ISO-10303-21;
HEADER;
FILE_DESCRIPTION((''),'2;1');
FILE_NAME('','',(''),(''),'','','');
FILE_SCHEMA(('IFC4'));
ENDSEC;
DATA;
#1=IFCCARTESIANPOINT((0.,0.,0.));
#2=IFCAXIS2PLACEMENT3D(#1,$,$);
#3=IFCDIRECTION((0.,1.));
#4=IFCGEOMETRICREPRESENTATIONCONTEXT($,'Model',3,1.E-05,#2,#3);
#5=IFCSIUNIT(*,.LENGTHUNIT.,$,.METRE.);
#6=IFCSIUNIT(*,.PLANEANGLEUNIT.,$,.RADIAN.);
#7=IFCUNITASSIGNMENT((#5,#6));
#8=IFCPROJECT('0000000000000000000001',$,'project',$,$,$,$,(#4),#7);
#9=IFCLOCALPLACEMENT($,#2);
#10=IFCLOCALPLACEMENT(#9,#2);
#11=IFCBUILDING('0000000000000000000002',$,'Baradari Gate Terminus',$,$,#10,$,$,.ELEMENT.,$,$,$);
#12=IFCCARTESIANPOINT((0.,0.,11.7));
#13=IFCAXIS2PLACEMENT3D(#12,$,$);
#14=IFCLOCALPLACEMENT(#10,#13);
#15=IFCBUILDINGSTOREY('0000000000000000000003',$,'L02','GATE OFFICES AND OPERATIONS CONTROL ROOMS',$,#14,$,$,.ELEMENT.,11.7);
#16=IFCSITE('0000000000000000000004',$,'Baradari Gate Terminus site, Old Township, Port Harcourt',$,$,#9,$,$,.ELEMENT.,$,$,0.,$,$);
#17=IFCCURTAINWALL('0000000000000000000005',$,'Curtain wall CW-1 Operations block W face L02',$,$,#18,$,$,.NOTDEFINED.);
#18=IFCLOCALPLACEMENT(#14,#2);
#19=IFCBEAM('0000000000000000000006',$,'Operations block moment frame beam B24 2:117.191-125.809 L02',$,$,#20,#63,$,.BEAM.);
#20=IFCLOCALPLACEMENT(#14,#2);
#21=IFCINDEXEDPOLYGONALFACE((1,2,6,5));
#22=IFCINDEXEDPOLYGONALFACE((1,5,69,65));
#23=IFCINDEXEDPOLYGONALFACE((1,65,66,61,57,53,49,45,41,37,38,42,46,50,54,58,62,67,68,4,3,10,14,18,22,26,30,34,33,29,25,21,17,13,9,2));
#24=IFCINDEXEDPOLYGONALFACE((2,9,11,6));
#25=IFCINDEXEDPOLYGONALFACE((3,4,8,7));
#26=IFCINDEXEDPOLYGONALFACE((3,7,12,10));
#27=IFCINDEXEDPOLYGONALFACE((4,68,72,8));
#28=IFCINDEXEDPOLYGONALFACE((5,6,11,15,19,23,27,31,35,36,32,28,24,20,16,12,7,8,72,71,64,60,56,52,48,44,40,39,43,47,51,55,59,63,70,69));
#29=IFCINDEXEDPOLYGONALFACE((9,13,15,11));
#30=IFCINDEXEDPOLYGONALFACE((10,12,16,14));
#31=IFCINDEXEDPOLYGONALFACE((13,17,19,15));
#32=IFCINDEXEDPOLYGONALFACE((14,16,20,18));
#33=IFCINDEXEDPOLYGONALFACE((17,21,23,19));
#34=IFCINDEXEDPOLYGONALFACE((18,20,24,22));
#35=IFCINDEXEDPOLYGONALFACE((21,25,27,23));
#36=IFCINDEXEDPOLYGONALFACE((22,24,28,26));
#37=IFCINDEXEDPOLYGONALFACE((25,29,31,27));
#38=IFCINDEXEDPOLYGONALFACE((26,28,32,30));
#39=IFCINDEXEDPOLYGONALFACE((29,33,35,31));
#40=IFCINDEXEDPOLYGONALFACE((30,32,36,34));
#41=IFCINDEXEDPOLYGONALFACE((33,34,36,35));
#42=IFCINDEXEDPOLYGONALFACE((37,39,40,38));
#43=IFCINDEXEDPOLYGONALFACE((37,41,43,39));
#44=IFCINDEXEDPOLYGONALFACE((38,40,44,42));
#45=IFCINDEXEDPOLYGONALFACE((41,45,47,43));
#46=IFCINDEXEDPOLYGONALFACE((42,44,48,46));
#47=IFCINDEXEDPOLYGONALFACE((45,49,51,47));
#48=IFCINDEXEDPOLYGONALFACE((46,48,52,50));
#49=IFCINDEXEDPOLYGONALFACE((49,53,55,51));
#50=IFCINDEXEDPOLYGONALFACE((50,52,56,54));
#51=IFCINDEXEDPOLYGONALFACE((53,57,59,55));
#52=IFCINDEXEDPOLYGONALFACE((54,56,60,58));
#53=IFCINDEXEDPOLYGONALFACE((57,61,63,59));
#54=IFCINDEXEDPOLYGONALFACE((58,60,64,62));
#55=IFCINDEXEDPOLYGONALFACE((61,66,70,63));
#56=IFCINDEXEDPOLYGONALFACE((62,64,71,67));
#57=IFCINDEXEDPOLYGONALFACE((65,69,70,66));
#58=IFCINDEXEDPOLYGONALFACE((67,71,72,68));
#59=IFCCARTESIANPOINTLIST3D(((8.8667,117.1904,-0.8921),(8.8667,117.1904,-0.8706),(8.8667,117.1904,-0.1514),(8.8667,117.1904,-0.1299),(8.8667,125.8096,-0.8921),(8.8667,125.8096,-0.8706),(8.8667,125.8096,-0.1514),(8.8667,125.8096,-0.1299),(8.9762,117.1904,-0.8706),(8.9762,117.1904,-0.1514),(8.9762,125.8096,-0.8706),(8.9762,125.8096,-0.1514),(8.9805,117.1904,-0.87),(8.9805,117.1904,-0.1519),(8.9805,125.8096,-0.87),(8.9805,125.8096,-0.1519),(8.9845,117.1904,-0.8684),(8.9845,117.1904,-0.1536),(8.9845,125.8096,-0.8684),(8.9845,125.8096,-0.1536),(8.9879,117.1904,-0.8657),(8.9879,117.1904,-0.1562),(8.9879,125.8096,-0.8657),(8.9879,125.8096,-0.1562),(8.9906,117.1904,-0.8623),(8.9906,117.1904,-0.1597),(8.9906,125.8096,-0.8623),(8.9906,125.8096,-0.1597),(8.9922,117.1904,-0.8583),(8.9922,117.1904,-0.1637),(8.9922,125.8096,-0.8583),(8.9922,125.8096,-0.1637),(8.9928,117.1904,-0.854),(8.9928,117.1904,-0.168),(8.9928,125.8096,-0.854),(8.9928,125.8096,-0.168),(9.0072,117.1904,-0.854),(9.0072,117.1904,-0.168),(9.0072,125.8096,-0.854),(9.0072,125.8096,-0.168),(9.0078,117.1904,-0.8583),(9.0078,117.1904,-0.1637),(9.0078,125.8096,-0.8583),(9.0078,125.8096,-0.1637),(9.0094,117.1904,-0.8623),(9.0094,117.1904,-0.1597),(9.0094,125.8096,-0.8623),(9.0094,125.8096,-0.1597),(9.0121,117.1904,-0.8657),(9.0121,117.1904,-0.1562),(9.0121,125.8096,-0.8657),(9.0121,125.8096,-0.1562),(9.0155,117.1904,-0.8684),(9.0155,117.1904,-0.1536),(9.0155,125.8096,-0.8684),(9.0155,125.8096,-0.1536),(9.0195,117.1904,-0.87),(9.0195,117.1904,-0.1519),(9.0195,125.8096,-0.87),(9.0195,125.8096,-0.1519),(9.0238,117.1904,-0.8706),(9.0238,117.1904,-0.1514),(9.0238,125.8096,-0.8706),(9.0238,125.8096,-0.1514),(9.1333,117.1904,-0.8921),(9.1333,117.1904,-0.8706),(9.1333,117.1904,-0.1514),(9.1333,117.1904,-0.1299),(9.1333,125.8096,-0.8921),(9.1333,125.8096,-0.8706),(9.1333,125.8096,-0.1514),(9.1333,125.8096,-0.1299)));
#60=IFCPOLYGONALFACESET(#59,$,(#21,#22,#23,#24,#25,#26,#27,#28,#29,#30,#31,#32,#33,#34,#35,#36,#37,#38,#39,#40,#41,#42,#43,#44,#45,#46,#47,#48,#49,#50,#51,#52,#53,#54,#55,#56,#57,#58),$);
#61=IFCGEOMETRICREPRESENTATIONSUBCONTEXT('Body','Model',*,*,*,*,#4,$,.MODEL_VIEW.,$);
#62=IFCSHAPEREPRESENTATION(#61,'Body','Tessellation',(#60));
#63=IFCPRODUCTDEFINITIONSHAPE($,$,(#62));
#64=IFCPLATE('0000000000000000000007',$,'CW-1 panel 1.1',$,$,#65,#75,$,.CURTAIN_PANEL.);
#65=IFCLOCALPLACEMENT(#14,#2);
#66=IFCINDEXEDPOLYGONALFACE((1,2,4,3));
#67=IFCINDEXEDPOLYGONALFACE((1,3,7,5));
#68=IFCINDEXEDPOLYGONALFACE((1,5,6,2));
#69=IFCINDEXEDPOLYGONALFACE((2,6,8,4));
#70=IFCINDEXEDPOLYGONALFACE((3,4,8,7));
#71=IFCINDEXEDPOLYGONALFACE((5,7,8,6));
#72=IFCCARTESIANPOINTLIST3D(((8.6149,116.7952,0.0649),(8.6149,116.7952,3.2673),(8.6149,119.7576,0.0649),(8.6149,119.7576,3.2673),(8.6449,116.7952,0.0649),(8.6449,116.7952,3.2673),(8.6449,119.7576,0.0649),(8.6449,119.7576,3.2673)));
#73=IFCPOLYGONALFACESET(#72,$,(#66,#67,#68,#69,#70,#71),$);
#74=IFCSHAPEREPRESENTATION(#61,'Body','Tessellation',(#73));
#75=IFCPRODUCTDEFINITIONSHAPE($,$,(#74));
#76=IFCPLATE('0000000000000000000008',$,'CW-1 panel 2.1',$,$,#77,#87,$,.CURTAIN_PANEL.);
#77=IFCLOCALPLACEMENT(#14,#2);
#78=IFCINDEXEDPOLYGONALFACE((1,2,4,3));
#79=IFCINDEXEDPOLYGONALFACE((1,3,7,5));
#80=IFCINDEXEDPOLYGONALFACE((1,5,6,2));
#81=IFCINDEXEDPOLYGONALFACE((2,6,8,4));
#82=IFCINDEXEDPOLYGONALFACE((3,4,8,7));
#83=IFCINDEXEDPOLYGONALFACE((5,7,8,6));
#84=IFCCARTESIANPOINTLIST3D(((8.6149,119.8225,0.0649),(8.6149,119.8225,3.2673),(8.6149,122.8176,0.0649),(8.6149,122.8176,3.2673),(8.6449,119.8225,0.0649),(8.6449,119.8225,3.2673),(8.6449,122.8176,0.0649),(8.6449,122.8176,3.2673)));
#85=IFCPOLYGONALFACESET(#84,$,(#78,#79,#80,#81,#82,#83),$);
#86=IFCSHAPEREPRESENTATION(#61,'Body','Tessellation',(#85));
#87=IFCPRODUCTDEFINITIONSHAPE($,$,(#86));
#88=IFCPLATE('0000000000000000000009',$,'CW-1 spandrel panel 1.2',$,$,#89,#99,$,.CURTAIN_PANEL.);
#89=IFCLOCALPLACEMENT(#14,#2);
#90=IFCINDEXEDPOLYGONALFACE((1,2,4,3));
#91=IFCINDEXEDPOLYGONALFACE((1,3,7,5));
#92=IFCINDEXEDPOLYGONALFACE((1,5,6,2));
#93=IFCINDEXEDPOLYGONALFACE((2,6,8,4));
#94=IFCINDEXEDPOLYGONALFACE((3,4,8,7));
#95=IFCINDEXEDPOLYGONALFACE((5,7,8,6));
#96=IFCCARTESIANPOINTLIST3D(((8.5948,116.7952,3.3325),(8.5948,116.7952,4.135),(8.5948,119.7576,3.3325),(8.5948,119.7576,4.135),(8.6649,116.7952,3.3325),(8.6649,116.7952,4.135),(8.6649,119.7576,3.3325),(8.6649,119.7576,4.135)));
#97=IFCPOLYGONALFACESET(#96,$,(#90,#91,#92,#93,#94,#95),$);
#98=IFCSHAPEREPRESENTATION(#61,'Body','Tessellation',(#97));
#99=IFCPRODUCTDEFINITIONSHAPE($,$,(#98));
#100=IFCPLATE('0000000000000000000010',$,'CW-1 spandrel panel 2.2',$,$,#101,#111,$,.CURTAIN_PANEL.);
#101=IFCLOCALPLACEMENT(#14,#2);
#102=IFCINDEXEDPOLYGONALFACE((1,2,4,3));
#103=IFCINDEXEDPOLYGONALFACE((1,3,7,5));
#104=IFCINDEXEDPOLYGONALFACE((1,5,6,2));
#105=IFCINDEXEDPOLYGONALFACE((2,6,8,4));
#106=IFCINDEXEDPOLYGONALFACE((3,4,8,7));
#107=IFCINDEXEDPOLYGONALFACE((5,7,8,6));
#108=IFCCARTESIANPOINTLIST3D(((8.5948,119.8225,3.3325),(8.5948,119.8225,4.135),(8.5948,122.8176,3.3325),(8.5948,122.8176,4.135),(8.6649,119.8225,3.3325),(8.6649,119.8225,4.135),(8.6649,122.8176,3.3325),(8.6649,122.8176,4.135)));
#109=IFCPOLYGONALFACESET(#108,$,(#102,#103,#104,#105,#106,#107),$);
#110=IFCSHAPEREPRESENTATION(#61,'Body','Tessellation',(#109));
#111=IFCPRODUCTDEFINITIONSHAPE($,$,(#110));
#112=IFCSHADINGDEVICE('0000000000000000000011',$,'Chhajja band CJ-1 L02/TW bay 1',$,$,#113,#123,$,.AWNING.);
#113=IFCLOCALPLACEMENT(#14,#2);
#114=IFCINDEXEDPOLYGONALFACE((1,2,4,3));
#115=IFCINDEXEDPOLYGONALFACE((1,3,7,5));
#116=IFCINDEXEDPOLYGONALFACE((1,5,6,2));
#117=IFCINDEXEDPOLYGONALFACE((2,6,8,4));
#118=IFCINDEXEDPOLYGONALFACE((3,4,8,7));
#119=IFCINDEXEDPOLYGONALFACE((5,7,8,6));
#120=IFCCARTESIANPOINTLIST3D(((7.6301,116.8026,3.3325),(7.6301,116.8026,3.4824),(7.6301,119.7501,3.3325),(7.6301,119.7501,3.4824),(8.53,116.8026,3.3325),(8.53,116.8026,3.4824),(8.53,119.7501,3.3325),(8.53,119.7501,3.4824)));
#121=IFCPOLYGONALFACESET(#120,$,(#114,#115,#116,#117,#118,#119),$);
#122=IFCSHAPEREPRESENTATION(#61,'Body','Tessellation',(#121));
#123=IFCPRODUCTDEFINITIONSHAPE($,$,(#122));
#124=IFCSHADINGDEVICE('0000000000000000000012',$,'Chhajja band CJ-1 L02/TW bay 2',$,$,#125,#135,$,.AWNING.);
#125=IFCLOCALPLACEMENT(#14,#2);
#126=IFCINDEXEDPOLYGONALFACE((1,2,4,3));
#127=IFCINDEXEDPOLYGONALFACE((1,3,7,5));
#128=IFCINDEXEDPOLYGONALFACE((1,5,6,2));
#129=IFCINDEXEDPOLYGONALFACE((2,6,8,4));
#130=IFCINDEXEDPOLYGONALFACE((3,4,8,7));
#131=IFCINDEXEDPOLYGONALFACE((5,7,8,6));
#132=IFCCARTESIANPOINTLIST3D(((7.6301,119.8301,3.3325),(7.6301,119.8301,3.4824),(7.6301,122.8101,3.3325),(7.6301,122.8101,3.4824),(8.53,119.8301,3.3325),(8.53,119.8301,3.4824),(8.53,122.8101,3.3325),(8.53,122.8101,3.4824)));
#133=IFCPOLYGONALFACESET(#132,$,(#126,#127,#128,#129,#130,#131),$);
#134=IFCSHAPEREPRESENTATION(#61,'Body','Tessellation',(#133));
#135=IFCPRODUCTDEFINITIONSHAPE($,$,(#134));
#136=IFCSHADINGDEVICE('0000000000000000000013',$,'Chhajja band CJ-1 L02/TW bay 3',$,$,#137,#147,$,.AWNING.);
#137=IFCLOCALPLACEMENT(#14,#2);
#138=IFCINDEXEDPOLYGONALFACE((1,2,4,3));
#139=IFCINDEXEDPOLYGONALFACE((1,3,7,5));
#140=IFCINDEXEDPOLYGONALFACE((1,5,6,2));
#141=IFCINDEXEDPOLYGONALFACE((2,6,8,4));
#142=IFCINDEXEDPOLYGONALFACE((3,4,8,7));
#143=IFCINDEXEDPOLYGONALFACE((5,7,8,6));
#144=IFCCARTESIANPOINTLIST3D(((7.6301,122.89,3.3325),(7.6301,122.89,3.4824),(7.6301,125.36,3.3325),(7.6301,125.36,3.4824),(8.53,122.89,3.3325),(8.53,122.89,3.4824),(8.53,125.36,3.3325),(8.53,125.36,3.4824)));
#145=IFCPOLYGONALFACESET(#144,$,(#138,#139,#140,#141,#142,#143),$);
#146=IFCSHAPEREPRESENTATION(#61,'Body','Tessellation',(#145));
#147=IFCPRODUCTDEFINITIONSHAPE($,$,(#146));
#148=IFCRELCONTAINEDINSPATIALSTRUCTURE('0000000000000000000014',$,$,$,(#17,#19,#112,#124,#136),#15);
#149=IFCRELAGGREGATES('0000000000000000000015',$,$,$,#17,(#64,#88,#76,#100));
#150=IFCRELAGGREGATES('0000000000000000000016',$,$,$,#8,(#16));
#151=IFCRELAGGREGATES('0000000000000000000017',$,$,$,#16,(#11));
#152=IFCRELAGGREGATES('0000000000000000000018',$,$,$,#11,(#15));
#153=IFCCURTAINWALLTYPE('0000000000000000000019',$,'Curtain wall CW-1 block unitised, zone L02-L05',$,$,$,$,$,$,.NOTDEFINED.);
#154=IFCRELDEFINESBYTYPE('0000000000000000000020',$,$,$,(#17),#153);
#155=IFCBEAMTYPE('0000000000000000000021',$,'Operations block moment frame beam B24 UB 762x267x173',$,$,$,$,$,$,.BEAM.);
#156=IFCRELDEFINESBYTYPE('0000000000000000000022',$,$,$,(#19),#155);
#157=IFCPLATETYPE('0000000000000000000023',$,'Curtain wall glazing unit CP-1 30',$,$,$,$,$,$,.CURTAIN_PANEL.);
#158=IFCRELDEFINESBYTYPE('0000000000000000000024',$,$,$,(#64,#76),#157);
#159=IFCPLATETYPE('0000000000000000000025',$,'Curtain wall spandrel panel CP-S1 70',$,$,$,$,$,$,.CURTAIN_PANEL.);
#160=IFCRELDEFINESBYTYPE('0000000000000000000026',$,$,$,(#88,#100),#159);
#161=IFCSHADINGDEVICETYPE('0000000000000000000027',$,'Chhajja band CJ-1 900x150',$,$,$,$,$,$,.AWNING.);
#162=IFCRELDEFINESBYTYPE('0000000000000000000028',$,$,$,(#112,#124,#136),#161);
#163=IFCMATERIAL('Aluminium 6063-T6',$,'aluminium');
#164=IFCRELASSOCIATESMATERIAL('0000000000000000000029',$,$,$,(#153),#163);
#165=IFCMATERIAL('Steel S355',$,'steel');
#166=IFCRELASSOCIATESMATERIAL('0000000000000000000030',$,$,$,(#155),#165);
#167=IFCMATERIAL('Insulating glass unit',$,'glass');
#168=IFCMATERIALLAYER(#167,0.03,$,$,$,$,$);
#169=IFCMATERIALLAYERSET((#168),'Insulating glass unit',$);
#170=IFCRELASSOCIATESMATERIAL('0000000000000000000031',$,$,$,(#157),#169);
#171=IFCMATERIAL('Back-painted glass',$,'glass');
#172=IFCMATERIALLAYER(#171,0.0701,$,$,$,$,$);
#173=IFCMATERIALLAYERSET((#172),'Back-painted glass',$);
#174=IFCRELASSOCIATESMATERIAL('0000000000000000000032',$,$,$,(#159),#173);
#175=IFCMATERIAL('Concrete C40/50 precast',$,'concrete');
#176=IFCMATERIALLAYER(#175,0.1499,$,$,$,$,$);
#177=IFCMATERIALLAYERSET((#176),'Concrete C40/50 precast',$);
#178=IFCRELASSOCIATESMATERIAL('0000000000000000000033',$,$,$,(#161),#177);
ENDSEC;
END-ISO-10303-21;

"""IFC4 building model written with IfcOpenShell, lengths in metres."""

from ifc_helpers import new_model, si_unit, direction, frame, origin, origin_2d, place, context, subcontext, project, spatial, rectangle, i_section, extrude, material, layer, layer_set, material_profile, profile_set, type_object, element, aggregate, save


model = new_model("IFC4")

# Units and contexts
model_context = context("Model", 3, precision=1e-05, world=origin(), true_north=direction((0.0, 1.0)))
body_context = subcontext(model_context, "Body", "Model", "MODEL_VIEW")
ifc_project = project(units=[si_unit("LENGTHUNIT", "METRE"), si_unit("PLANEANGLEUNIT", "RADIAN")], contexts=[model_context])

# Site, building, storey
site_placement = place(None, origin())
site = spatial("IfcSite", under=ifc_project, at=site_placement, Name="Baradari Gate Terminus site, Old Township, Port Harcourt", CompositionType="ELEMENT", RefElevation=0.0)
building_placement = place(site_placement, origin())
building = spatial("IfcBuilding", under=site, at=building_placement, Name="Baradari Gate Terminus", CompositionType="ELEMENT")
storey_placement = place(building_placement, frame((0.0, 0.0, 11.7)))
storey = spatial("IfcBuildingStorey", under=building, at=storey_placement, Name="L02", Description="GATE OFFICES AND OPERATIONS CONTROL ROOMS", CompositionType="ELEMENT", Elevation=11.7)

# Curtain wall
ifc_material_1 = material(Name="Aluminium 6063-T6", Category="aluminium")
curtain_wall_type = type_object("IfcCurtainWallType", Name="Curtain wall CW-1 block unitised, zone L02-L05", PredefinedType="NOTDEFINED", material=ifc_material_1)
curtain_wall_placement = place(storey_placement, origin())
curtain_wall = element("IfcCurtainWall", 1, at=curtain_wall_placement, inside=storey, type_object=curtain_wall_type, Name="Curtain wall CW-1 Operations block W face L02", PredefinedType="NOTDEFINED")

# Beam
ifc_material_2 = material(Name="Steel S355", Category="steel")
ifc_material_profile_1 = material_profile(ifc_material_2, i_section(OverallWidth=0.2666, OverallDepth=0.7622, WebThickness=0.0144, FlangeThickness=0.0215, FilletRadius=0.0166, at=origin_2d()), Name="UB 762x267x173")
ifc_profile_set_1 = profile_set([ifc_material_profile_1], Name="Steel S355")
beam_type_1 = type_object("IfcBeamType", Name="Operations block moment frame beam B24 UB 762x267x173", PredefinedType="BEAM", material=ifc_profile_set_1)
beam_1_placement = place(storey_placement, frame((9.0, 117.1904, -0.511), z_axis=(0.0, 1.0, 0.0), x_axis=(-1.0, 0.0, 0.0)))
element("IfcBeam", 2, at=beam_1_placement, inside=storey, type_object=beam_type_1, Name="Operations block moment frame beam B24 2:117.191-125.809 L02", PredefinedType="BEAM", context=body_context, shape_type="SweptSolid", body=[
    extrude(i_section(OverallWidth=0.2666, OverallDepth=0.7622, WebThickness=0.0144, FlangeThickness=0.0215, FilletRadius=0.0166, at=origin_2d()), origin(), (0.0, 0.0, 1.0), 8.6191),
])

# Plates
ifc_material_3 = material(Name="Insulating glass unit", Category="glass")
ifc_layer_1 = layer(ifc_material_3, 0.03)
ifc_layer_set_1 = layer_set([ifc_layer_1], Name="Insulating glass unit")
plate_type_1 = type_object("IfcPlateType", Name="Curtain wall glazing unit CP-1 30", PredefinedType="CURTAIN_PANEL", material=ifc_layer_set_1)
plate_1_placement = place(storey_placement, frame((8.6299, 118.2764, 0.0649), z_axis=(0.0, 0.0, 1.0), x_axis=(0.0, 1.0, 0.0)))
plate_1 = element("IfcPlate", 3, at=plate_1_placement, type_object=plate_type_1, Name="CW-1 panel 1.1", PredefinedType="CURTAIN_PANEL", context=body_context, shape_type="SweptSolid", body=[
    extrude(rectangle(XDim=2.9624, YDim=0.03, at=origin_2d()), origin(), (0.0, 0.0, 1.0), 3.2024),
])
plate_2_placement = place(storey_placement, frame((8.6299, 121.3201, 0.0649), z_axis=(0.0, 0.0, 1.0), x_axis=(0.0, 1.0, 0.0)))
plate_2 = element("IfcPlate", 4, at=plate_2_placement, type_object=plate_type_1, Name="CW-1 panel 2.1", PredefinedType="CURTAIN_PANEL", context=body_context, shape_type="SweptSolid", body=[
    extrude(rectangle(XDim=2.9951, YDim=0.03, at=origin_2d()), origin(), (0.0, 0.0, 1.0), 3.2024),
])
ifc_material_4 = material(Name="Back-painted glass", Category="glass")
ifc_layer_2 = layer(ifc_material_4, 0.0701)
ifc_layer_set_2 = layer_set([ifc_layer_2], Name="Back-painted glass")
plate_type_2 = type_object("IfcPlateType", Name="Curtain wall spandrel panel CP-S1 70", PredefinedType="CURTAIN_PANEL", material=ifc_layer_set_2)
plate_3_placement = place(storey_placement, frame((8.6299, 118.2764, 3.3325), z_axis=(0.0, 0.0, 1.0), x_axis=(0.0, 1.0, 0.0)))
plate_3 = element("IfcPlate", 5, at=plate_3_placement, type_object=plate_type_2, Name="CW-1 spandrel panel 1.2", PredefinedType="CURTAIN_PANEL", context=body_context, shape_type="SweptSolid", body=[
    extrude(rectangle(XDim=2.9624, YDim=0.0701, at=origin_2d()), origin(), (0.0, 0.0, 1.0), 0.8025),
])
plate_4_placement = place(storey_placement, frame((8.6299, 121.3201, 3.3325), z_axis=(0.0, 0.0, 1.0), x_axis=(0.0, 1.0, 0.0)))
plate_4 = element("IfcPlate", 6, at=plate_4_placement, type_object=plate_type_2, Name="CW-1 spandrel panel 2.2", PredefinedType="CURTAIN_PANEL", context=body_context, shape_type="SweptSolid", body=[
    extrude(rectangle(XDim=2.9951, YDim=0.0701, at=origin_2d()), origin(), (0.0, 0.0, 1.0), 0.8025),
])
aggregate(curtain_wall, [plate_1, plate_3, plate_2, plate_4])

# Shading devices
ifc_material_5 = material(Name="Concrete C40/50 precast", Category="concrete")
ifc_layer_3 = layer(ifc_material_5, 0.1499)
ifc_layer_set_3 = layer_set([ifc_layer_3], Name="Concrete C40/50 precast")
shading_device_type_1 = type_object("IfcShadingDeviceType", Name="Chhajja band CJ-1 900x150", PredefinedType="AWNING", material=ifc_layer_set_3)
shading_device_1_placement = place(storey_placement, frame((8.0801, 118.2764, 3.3325), z_axis=(0.0, 0.0, 1.0), x_axis=(0.0, 1.0, 0.0)))
element("IfcShadingDevice", 7, at=shading_device_1_placement, inside=storey, type_object=shading_device_type_1, Name="Chhajja band CJ-1 L02/TW bay 1", PredefinedType="AWNING", context=body_context, shape_type="SweptSolid", body=[
    extrude(rectangle(XDim=2.9475, YDim=0.8999, at=origin_2d()), origin(), (0.0, 0.0, 1.0), 0.1499),
])
shading_device_2_placement = place(storey_placement, frame((8.0801, 121.3201, 3.3325), z_axis=(0.0, 0.0, 1.0), x_axis=(0.0, 1.0, 0.0)))
element("IfcShadingDevice", 8, at=shading_device_2_placement, inside=storey, type_object=shading_device_type_1, Name="Chhajja band CJ-1 L02/TW bay 2", PredefinedType="AWNING", context=body_context, shape_type="SweptSolid", body=[
    extrude(rectangle(XDim=2.98, YDim=0.8999, at=origin_2d()), origin(), (0.0, 0.0, 1.0), 0.1499),
])
shading_device_3_placement = place(storey_placement, frame((8.0801, 124.125, 3.3325), z_axis=(0.0, 0.0, 1.0), x_axis=(0.0, 1.0, 0.0)))
element("IfcShadingDevice", 9, at=shading_device_3_placement, inside=storey, type_object=shading_device_type_1, Name="Chhajja band CJ-1 L02/TW bay 3", PredefinedType="AWNING", context=body_context, shape_type="SweptSolid", body=[
    extrude(rectangle(XDim=2.47, YDim=0.8999, at=origin_2d()), origin(), (0.0, 0.0, 1.0), 0.1499),
])

save(model, "model.ifc")
